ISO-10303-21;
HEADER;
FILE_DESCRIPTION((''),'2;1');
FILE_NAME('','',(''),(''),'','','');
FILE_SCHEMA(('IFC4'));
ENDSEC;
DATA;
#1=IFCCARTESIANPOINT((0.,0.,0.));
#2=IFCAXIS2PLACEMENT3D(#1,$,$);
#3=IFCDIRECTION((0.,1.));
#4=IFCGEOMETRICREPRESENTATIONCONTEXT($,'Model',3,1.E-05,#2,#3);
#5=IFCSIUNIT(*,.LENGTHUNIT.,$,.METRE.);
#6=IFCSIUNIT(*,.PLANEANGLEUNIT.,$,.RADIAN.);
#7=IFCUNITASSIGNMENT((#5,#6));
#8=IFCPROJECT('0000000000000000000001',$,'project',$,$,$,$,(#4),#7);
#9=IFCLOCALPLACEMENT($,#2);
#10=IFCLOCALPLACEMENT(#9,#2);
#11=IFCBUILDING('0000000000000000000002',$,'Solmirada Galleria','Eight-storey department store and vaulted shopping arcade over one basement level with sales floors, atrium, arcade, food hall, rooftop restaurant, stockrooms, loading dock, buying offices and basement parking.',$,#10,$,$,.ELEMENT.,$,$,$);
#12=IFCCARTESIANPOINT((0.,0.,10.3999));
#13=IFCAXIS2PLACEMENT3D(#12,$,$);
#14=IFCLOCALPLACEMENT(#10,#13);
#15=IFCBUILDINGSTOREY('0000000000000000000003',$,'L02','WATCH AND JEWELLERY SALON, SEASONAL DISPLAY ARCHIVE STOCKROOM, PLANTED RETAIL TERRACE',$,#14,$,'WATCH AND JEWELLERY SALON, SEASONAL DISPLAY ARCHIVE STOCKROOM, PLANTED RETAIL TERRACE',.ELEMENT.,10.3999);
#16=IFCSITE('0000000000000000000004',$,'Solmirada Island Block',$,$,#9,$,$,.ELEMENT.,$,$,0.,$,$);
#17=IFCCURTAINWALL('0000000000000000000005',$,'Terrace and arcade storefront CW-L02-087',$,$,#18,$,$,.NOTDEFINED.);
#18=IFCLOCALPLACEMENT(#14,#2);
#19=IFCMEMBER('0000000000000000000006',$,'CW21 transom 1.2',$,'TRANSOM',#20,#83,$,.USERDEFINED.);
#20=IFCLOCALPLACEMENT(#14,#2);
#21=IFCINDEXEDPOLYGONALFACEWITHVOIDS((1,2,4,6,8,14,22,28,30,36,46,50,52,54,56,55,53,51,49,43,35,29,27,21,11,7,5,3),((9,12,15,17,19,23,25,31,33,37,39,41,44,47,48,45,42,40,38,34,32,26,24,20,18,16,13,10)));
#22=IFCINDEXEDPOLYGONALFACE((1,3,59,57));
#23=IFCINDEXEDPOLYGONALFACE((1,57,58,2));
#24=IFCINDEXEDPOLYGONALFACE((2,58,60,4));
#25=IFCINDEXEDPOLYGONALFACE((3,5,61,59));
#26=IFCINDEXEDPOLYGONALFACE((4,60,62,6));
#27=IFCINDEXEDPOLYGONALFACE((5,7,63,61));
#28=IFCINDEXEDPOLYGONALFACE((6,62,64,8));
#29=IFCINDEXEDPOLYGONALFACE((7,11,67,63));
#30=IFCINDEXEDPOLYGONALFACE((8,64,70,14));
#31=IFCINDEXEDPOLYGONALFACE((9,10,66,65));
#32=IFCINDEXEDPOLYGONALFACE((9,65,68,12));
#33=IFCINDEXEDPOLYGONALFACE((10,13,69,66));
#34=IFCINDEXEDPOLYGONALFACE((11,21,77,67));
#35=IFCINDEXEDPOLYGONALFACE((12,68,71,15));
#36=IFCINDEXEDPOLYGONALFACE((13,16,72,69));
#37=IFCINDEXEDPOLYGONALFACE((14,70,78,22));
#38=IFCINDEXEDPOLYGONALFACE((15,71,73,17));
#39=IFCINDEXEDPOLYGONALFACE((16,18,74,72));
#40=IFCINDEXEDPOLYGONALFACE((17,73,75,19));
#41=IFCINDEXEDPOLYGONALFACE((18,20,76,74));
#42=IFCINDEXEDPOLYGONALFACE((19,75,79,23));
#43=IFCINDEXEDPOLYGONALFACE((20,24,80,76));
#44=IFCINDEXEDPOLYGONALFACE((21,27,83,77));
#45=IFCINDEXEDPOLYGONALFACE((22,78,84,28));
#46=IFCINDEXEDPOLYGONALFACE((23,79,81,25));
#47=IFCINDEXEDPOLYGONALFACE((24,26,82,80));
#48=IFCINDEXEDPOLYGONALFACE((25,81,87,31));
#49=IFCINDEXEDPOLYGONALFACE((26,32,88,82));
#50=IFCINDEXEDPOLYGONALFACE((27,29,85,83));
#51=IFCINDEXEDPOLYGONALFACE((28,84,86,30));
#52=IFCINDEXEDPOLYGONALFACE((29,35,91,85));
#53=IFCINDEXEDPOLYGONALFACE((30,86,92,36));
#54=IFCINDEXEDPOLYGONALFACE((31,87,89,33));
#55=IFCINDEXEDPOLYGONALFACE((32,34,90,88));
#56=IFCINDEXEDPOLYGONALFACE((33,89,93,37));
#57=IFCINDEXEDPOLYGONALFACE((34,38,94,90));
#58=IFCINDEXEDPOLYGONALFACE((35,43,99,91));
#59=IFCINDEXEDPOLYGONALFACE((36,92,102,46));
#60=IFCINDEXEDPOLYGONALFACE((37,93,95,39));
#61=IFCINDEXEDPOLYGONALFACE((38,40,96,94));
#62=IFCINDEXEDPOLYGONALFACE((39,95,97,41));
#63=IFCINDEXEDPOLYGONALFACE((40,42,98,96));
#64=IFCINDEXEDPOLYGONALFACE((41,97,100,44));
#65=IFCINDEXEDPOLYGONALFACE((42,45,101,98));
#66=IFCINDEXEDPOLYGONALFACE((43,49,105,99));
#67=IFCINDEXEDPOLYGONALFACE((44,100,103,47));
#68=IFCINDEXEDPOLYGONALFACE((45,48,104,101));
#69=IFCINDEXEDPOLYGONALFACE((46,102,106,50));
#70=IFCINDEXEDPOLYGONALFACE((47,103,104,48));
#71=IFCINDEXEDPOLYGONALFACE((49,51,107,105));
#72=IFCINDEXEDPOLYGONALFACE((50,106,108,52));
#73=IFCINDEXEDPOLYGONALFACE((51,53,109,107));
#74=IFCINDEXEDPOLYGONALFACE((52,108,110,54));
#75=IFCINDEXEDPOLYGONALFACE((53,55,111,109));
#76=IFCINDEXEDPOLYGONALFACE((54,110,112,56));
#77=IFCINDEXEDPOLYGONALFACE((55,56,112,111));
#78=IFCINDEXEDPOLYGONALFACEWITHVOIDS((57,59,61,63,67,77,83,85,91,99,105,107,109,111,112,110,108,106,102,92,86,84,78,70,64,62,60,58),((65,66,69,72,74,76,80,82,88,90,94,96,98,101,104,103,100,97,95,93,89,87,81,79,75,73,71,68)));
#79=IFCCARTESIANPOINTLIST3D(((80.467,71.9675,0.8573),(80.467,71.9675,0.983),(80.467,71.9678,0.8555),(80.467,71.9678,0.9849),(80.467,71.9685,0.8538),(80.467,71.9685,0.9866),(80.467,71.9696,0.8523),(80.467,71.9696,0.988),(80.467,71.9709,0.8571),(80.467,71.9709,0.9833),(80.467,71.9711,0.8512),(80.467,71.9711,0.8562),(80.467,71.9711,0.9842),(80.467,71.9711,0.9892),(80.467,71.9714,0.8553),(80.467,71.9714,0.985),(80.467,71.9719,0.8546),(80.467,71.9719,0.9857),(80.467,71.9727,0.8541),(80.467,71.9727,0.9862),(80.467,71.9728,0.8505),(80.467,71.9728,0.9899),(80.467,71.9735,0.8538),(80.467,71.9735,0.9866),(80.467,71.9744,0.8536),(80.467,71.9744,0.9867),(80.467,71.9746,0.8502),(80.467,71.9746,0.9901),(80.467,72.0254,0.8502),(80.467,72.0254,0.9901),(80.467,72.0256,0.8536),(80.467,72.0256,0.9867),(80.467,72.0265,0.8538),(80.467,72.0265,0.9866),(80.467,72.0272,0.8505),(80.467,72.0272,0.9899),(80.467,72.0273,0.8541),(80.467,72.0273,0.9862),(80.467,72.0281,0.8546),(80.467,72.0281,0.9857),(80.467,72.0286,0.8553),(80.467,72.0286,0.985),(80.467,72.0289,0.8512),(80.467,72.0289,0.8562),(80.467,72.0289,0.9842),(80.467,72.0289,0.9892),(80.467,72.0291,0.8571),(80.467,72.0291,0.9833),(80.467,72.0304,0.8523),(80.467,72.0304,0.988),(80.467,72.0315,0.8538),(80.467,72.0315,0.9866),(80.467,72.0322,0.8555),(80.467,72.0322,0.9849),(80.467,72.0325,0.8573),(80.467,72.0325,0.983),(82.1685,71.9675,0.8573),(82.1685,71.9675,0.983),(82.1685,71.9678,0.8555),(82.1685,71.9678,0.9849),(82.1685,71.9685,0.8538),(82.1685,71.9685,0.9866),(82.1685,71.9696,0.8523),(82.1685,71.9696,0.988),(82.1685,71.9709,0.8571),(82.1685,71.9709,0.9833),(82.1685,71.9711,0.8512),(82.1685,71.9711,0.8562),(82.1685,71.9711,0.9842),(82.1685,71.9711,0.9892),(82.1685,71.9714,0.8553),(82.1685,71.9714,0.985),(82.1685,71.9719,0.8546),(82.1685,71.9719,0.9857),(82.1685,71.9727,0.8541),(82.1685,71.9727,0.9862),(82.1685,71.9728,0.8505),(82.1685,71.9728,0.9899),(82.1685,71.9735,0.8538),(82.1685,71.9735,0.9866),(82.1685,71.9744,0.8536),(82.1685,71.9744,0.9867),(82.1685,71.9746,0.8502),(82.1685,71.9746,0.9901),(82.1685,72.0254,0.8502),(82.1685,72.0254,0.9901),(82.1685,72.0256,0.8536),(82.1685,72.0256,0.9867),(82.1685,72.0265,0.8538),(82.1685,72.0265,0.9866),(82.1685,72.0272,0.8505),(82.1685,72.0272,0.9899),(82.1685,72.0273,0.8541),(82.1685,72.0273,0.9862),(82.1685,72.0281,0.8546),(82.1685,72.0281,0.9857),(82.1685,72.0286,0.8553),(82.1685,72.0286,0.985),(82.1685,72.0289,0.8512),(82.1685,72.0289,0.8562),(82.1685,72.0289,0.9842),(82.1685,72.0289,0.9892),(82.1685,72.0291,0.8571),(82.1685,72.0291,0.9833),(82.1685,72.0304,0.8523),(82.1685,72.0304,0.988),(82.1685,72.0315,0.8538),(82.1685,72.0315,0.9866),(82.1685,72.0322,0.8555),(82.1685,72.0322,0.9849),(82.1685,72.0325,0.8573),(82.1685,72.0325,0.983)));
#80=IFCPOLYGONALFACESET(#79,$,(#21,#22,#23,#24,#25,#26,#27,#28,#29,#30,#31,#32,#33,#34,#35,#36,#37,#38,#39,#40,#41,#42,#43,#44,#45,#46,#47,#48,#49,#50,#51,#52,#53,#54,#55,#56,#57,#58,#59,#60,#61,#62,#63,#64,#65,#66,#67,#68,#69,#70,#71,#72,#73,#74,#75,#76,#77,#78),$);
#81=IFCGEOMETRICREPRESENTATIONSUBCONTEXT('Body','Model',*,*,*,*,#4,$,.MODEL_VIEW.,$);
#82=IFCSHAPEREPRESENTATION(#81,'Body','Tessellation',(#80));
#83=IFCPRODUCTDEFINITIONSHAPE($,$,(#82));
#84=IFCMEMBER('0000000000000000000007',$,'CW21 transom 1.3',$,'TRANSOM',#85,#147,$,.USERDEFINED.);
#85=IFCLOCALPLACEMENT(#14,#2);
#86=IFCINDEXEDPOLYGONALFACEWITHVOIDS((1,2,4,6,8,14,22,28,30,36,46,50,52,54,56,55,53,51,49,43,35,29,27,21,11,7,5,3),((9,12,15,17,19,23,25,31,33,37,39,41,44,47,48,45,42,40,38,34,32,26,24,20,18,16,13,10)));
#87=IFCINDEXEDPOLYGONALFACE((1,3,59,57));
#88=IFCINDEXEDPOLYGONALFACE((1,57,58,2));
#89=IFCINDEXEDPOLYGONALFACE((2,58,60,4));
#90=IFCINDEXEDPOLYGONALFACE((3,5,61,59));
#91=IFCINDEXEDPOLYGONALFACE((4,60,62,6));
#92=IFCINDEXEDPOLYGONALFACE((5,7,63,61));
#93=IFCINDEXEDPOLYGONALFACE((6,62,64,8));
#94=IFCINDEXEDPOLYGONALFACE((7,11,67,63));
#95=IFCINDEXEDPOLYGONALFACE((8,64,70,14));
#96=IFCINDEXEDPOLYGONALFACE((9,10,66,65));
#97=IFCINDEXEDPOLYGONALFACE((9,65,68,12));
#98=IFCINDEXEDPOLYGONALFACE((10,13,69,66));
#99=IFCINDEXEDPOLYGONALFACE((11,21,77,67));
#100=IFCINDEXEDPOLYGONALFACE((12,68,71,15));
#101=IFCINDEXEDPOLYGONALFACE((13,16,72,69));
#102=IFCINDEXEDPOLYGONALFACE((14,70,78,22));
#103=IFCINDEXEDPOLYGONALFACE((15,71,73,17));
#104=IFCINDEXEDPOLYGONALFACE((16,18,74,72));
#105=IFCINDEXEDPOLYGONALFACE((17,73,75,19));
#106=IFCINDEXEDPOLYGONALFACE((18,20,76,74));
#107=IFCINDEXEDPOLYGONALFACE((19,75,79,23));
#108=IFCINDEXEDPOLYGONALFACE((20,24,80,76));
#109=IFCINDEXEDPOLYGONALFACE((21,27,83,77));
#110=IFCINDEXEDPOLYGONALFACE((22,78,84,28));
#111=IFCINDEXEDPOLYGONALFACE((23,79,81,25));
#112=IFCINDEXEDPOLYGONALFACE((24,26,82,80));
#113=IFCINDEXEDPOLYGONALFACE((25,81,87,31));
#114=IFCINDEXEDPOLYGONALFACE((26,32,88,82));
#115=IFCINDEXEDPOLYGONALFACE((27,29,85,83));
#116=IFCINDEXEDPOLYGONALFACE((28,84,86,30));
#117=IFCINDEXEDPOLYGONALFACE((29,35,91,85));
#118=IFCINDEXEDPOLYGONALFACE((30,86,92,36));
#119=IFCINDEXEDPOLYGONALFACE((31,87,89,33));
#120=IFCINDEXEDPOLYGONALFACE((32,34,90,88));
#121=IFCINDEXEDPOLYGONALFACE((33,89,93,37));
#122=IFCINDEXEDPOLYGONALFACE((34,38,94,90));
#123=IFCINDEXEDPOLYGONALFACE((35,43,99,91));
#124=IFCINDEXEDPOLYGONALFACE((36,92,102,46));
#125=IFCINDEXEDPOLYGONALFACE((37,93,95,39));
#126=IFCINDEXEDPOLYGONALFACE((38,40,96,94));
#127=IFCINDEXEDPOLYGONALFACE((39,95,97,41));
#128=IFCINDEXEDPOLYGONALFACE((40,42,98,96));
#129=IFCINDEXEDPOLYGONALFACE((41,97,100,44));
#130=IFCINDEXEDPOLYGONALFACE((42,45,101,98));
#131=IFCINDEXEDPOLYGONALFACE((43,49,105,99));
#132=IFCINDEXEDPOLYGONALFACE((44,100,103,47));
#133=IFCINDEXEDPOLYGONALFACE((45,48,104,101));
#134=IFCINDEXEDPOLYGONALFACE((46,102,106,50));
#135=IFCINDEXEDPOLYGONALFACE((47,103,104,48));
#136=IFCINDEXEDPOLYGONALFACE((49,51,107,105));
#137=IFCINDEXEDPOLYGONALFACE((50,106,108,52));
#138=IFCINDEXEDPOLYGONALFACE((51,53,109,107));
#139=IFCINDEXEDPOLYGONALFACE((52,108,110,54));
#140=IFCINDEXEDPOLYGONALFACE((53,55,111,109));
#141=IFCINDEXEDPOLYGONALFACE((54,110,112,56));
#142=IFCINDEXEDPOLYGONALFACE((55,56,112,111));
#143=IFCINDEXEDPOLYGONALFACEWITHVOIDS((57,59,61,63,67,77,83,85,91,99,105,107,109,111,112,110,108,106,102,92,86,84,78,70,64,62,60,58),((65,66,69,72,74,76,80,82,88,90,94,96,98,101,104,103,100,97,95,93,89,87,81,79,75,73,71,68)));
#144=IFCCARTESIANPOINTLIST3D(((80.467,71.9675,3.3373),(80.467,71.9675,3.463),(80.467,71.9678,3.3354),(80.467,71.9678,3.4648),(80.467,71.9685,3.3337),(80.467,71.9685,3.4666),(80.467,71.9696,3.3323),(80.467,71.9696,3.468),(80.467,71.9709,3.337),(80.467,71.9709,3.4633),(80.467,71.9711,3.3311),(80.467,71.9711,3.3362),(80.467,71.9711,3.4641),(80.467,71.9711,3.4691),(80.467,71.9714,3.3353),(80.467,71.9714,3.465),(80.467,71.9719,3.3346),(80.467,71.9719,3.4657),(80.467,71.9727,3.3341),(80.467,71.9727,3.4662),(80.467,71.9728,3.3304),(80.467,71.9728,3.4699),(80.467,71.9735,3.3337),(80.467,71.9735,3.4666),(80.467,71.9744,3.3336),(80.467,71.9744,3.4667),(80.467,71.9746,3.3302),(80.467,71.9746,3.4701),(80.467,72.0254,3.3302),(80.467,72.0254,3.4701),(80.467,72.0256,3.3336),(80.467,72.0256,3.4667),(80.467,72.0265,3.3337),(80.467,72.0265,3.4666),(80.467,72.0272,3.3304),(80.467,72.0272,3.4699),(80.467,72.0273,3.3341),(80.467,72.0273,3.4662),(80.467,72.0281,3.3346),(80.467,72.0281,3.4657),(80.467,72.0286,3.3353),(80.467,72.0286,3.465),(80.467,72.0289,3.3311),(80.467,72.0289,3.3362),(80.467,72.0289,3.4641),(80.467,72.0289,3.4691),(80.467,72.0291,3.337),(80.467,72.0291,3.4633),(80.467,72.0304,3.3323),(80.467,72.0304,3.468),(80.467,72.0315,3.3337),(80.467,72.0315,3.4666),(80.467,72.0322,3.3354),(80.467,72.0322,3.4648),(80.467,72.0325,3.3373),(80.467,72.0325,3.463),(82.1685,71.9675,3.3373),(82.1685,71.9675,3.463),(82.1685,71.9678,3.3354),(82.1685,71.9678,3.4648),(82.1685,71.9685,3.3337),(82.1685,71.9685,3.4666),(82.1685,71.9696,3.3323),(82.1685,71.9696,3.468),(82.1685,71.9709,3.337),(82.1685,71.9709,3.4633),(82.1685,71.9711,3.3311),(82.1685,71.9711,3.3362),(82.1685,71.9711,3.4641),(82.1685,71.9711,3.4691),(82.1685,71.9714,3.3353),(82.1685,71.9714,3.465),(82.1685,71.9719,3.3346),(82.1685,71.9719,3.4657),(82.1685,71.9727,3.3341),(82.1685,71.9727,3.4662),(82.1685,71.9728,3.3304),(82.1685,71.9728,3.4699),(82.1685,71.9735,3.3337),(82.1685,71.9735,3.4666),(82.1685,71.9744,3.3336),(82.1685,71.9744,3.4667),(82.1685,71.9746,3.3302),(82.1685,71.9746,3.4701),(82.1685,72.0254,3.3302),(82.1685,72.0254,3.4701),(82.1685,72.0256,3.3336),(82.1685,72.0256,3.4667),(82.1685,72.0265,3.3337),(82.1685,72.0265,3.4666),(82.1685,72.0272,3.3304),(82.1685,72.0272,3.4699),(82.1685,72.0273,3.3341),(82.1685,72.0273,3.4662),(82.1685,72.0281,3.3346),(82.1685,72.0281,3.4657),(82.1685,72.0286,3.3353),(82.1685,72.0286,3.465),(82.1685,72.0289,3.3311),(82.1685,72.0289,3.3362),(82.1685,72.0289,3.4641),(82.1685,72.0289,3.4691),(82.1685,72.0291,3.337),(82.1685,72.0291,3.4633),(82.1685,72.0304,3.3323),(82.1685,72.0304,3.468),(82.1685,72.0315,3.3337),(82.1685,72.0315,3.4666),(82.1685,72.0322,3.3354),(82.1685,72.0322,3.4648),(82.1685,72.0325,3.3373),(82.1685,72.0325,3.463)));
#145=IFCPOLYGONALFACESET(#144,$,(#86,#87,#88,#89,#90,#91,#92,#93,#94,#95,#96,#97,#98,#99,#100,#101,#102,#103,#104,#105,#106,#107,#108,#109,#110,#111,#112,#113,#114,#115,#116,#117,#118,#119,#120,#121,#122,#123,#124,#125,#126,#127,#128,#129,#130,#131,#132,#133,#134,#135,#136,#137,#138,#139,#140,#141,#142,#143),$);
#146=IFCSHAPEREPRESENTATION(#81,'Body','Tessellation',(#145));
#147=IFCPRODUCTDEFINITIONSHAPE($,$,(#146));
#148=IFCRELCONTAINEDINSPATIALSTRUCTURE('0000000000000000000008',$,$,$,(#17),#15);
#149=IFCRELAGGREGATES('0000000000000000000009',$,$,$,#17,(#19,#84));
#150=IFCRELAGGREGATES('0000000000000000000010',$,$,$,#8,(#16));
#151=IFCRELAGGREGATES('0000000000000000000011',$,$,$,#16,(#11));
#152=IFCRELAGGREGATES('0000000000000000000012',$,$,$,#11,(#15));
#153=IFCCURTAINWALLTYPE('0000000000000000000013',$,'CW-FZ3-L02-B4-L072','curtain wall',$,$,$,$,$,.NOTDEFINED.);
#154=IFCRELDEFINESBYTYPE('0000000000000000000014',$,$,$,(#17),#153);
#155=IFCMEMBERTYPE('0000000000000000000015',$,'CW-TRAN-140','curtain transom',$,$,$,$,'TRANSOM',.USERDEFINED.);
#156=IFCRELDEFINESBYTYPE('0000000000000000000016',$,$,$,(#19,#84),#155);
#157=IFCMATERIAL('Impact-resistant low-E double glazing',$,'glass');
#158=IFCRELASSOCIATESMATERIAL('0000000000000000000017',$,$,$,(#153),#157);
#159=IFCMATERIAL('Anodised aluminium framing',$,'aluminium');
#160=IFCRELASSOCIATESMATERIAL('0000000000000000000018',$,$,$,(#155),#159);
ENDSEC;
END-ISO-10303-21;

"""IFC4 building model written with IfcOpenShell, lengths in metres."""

from ifc_helpers import new_model, si_unit, direction, frame, origin, origin_2d, place, context, subcontext, project, spatial, hollow_rectangle, extrude, material, material_profile, profile_set, type_object, element, aggregate, save


model = new_model("IFC4")

# Units and contexts
model_context = context("Model", 3, precision=1e-05, world=origin(), true_north=direction((0.0, 1.0)))
body_context = subcontext(model_context, "Body", "Model", "MODEL_VIEW")
ifc_project = project(units=[si_unit("LENGTHUNIT", "METRE"), si_unit("PLANEANGLEUNIT", "RADIAN")], contexts=[model_context])

# Site, building, storey
site_placement = place(None, origin())
site = spatial("IfcSite", under=ifc_project, at=site_placement, Name="Solmirada Island Block", CompositionType="ELEMENT", RefElevation=0.0)
building_placement = place(site_placement, origin())
building = spatial("IfcBuilding", under=site, at=building_placement, Name="Solmirada Galleria", Description="Eight-storey department store and vaulted shopping arcade over one basement level with sales floors, atrium, arcade, food hall, rooftop restaurant, stockrooms, loading dock, buying offices and basement parking.", CompositionType="ELEMENT")
storey_placement = place(building_placement, frame((0.0, 0.0, 10.3999)))
storey = spatial("IfcBuildingStorey", under=building, at=storey_placement, Name="L02", Description="WATCH AND JEWELLERY SALON, SEASONAL DISPLAY ARCHIVE STOCKROOM, PLANTED RETAIL TERRACE", LongName="WATCH AND JEWELLERY SALON, SEASONAL DISPLAY ARCHIVE STOCKROOM, PLANTED RETAIL TERRACE", CompositionType="ELEMENT", Elevation=10.3999)

# Curtain wall, members
ifc_material_1 = material(Name="Impact-resistant low-E double glazing", Category="glass")
curtain_wall_type = type_object("IfcCurtainWallType", Name="CW-FZ3-L02-B4-L072", Description="curtain wall", PredefinedType="NOTDEFINED", material=ifc_material_1)
curtain_wall_placement = place(storey_placement, origin())
curtain_wall = element("IfcCurtainWall", 1, at=curtain_wall_placement, inside=storey, type_object=curtain_wall_type, Name="Terrace and arcade storefront CW-L02-087", PredefinedType="NOTDEFINED")
ifc_material_2 = material(Name="Anodised aluminium framing", Category="aluminium")
ifc_material_profile_1 = material_profile(ifc_material_2, hollow_rectangle(XDim=0.0649, YDim=0.1399, WallThickness=0.0034, InnerFilletRadius=0.0034, OuterFilletRadius=0.0071, at=origin_2d()), Name="ALU-TRAN-140X65")
ifc_profile_set_1 = profile_set([ifc_material_profile_1], Name="Anodised aluminium framing")
member_type_1 = type_object("IfcMemberType", Name="CW-TRAN-140", Description="curtain transom", ElementType="TRANSOM", PredefinedType="USERDEFINED", material=ifc_profile_set_1)
member_1_placement = place(storey_placement, frame((80.467, 72.0, 0.9202), z_axis=(1.0, 0.0, 0.0), x_axis=(0.0, 1.0, 0.0)))
member_1 = element("IfcMember", 2, at=member_1_placement, type_object=member_type_1, Name="CW21 transom 1.2", ObjectType="TRANSOM", PredefinedType="USERDEFINED", context=body_context, shape_type="SweptSolid", body=[
    extrude(hollow_rectangle(XDim=0.0649, YDim=0.1399, WallThickness=0.0034, InnerFilletRadius=0.0034, OuterFilletRadius=0.0071, at=origin_2d()), origin(), (0.0, 0.0, 1.0), 1.7014),
])
member_2_placement = place(storey_placement, frame((80.467, 72.0, 3.4001), z_axis=(1.0, 0.0, 0.0), x_axis=(0.0, 1.0, 0.0)))
member_2 = element("IfcMember", 3, at=member_2_placement, type_object=member_type_1, Name="CW21 transom 1.3", ObjectType="TRANSOM", PredefinedType="USERDEFINED", context=body_context, shape_type="SweptSolid", body=[
    extrude(hollow_rectangle(XDim=0.0649, YDim=0.1399, WallThickness=0.0034, InnerFilletRadius=0.0034, OuterFilletRadius=0.0071, at=origin_2d()), origin(), (0.0, 0.0, 1.0), 1.7014),
])
aggregate(curtain_wall, [member_1, member_2])

save(model, "model.ifc")
